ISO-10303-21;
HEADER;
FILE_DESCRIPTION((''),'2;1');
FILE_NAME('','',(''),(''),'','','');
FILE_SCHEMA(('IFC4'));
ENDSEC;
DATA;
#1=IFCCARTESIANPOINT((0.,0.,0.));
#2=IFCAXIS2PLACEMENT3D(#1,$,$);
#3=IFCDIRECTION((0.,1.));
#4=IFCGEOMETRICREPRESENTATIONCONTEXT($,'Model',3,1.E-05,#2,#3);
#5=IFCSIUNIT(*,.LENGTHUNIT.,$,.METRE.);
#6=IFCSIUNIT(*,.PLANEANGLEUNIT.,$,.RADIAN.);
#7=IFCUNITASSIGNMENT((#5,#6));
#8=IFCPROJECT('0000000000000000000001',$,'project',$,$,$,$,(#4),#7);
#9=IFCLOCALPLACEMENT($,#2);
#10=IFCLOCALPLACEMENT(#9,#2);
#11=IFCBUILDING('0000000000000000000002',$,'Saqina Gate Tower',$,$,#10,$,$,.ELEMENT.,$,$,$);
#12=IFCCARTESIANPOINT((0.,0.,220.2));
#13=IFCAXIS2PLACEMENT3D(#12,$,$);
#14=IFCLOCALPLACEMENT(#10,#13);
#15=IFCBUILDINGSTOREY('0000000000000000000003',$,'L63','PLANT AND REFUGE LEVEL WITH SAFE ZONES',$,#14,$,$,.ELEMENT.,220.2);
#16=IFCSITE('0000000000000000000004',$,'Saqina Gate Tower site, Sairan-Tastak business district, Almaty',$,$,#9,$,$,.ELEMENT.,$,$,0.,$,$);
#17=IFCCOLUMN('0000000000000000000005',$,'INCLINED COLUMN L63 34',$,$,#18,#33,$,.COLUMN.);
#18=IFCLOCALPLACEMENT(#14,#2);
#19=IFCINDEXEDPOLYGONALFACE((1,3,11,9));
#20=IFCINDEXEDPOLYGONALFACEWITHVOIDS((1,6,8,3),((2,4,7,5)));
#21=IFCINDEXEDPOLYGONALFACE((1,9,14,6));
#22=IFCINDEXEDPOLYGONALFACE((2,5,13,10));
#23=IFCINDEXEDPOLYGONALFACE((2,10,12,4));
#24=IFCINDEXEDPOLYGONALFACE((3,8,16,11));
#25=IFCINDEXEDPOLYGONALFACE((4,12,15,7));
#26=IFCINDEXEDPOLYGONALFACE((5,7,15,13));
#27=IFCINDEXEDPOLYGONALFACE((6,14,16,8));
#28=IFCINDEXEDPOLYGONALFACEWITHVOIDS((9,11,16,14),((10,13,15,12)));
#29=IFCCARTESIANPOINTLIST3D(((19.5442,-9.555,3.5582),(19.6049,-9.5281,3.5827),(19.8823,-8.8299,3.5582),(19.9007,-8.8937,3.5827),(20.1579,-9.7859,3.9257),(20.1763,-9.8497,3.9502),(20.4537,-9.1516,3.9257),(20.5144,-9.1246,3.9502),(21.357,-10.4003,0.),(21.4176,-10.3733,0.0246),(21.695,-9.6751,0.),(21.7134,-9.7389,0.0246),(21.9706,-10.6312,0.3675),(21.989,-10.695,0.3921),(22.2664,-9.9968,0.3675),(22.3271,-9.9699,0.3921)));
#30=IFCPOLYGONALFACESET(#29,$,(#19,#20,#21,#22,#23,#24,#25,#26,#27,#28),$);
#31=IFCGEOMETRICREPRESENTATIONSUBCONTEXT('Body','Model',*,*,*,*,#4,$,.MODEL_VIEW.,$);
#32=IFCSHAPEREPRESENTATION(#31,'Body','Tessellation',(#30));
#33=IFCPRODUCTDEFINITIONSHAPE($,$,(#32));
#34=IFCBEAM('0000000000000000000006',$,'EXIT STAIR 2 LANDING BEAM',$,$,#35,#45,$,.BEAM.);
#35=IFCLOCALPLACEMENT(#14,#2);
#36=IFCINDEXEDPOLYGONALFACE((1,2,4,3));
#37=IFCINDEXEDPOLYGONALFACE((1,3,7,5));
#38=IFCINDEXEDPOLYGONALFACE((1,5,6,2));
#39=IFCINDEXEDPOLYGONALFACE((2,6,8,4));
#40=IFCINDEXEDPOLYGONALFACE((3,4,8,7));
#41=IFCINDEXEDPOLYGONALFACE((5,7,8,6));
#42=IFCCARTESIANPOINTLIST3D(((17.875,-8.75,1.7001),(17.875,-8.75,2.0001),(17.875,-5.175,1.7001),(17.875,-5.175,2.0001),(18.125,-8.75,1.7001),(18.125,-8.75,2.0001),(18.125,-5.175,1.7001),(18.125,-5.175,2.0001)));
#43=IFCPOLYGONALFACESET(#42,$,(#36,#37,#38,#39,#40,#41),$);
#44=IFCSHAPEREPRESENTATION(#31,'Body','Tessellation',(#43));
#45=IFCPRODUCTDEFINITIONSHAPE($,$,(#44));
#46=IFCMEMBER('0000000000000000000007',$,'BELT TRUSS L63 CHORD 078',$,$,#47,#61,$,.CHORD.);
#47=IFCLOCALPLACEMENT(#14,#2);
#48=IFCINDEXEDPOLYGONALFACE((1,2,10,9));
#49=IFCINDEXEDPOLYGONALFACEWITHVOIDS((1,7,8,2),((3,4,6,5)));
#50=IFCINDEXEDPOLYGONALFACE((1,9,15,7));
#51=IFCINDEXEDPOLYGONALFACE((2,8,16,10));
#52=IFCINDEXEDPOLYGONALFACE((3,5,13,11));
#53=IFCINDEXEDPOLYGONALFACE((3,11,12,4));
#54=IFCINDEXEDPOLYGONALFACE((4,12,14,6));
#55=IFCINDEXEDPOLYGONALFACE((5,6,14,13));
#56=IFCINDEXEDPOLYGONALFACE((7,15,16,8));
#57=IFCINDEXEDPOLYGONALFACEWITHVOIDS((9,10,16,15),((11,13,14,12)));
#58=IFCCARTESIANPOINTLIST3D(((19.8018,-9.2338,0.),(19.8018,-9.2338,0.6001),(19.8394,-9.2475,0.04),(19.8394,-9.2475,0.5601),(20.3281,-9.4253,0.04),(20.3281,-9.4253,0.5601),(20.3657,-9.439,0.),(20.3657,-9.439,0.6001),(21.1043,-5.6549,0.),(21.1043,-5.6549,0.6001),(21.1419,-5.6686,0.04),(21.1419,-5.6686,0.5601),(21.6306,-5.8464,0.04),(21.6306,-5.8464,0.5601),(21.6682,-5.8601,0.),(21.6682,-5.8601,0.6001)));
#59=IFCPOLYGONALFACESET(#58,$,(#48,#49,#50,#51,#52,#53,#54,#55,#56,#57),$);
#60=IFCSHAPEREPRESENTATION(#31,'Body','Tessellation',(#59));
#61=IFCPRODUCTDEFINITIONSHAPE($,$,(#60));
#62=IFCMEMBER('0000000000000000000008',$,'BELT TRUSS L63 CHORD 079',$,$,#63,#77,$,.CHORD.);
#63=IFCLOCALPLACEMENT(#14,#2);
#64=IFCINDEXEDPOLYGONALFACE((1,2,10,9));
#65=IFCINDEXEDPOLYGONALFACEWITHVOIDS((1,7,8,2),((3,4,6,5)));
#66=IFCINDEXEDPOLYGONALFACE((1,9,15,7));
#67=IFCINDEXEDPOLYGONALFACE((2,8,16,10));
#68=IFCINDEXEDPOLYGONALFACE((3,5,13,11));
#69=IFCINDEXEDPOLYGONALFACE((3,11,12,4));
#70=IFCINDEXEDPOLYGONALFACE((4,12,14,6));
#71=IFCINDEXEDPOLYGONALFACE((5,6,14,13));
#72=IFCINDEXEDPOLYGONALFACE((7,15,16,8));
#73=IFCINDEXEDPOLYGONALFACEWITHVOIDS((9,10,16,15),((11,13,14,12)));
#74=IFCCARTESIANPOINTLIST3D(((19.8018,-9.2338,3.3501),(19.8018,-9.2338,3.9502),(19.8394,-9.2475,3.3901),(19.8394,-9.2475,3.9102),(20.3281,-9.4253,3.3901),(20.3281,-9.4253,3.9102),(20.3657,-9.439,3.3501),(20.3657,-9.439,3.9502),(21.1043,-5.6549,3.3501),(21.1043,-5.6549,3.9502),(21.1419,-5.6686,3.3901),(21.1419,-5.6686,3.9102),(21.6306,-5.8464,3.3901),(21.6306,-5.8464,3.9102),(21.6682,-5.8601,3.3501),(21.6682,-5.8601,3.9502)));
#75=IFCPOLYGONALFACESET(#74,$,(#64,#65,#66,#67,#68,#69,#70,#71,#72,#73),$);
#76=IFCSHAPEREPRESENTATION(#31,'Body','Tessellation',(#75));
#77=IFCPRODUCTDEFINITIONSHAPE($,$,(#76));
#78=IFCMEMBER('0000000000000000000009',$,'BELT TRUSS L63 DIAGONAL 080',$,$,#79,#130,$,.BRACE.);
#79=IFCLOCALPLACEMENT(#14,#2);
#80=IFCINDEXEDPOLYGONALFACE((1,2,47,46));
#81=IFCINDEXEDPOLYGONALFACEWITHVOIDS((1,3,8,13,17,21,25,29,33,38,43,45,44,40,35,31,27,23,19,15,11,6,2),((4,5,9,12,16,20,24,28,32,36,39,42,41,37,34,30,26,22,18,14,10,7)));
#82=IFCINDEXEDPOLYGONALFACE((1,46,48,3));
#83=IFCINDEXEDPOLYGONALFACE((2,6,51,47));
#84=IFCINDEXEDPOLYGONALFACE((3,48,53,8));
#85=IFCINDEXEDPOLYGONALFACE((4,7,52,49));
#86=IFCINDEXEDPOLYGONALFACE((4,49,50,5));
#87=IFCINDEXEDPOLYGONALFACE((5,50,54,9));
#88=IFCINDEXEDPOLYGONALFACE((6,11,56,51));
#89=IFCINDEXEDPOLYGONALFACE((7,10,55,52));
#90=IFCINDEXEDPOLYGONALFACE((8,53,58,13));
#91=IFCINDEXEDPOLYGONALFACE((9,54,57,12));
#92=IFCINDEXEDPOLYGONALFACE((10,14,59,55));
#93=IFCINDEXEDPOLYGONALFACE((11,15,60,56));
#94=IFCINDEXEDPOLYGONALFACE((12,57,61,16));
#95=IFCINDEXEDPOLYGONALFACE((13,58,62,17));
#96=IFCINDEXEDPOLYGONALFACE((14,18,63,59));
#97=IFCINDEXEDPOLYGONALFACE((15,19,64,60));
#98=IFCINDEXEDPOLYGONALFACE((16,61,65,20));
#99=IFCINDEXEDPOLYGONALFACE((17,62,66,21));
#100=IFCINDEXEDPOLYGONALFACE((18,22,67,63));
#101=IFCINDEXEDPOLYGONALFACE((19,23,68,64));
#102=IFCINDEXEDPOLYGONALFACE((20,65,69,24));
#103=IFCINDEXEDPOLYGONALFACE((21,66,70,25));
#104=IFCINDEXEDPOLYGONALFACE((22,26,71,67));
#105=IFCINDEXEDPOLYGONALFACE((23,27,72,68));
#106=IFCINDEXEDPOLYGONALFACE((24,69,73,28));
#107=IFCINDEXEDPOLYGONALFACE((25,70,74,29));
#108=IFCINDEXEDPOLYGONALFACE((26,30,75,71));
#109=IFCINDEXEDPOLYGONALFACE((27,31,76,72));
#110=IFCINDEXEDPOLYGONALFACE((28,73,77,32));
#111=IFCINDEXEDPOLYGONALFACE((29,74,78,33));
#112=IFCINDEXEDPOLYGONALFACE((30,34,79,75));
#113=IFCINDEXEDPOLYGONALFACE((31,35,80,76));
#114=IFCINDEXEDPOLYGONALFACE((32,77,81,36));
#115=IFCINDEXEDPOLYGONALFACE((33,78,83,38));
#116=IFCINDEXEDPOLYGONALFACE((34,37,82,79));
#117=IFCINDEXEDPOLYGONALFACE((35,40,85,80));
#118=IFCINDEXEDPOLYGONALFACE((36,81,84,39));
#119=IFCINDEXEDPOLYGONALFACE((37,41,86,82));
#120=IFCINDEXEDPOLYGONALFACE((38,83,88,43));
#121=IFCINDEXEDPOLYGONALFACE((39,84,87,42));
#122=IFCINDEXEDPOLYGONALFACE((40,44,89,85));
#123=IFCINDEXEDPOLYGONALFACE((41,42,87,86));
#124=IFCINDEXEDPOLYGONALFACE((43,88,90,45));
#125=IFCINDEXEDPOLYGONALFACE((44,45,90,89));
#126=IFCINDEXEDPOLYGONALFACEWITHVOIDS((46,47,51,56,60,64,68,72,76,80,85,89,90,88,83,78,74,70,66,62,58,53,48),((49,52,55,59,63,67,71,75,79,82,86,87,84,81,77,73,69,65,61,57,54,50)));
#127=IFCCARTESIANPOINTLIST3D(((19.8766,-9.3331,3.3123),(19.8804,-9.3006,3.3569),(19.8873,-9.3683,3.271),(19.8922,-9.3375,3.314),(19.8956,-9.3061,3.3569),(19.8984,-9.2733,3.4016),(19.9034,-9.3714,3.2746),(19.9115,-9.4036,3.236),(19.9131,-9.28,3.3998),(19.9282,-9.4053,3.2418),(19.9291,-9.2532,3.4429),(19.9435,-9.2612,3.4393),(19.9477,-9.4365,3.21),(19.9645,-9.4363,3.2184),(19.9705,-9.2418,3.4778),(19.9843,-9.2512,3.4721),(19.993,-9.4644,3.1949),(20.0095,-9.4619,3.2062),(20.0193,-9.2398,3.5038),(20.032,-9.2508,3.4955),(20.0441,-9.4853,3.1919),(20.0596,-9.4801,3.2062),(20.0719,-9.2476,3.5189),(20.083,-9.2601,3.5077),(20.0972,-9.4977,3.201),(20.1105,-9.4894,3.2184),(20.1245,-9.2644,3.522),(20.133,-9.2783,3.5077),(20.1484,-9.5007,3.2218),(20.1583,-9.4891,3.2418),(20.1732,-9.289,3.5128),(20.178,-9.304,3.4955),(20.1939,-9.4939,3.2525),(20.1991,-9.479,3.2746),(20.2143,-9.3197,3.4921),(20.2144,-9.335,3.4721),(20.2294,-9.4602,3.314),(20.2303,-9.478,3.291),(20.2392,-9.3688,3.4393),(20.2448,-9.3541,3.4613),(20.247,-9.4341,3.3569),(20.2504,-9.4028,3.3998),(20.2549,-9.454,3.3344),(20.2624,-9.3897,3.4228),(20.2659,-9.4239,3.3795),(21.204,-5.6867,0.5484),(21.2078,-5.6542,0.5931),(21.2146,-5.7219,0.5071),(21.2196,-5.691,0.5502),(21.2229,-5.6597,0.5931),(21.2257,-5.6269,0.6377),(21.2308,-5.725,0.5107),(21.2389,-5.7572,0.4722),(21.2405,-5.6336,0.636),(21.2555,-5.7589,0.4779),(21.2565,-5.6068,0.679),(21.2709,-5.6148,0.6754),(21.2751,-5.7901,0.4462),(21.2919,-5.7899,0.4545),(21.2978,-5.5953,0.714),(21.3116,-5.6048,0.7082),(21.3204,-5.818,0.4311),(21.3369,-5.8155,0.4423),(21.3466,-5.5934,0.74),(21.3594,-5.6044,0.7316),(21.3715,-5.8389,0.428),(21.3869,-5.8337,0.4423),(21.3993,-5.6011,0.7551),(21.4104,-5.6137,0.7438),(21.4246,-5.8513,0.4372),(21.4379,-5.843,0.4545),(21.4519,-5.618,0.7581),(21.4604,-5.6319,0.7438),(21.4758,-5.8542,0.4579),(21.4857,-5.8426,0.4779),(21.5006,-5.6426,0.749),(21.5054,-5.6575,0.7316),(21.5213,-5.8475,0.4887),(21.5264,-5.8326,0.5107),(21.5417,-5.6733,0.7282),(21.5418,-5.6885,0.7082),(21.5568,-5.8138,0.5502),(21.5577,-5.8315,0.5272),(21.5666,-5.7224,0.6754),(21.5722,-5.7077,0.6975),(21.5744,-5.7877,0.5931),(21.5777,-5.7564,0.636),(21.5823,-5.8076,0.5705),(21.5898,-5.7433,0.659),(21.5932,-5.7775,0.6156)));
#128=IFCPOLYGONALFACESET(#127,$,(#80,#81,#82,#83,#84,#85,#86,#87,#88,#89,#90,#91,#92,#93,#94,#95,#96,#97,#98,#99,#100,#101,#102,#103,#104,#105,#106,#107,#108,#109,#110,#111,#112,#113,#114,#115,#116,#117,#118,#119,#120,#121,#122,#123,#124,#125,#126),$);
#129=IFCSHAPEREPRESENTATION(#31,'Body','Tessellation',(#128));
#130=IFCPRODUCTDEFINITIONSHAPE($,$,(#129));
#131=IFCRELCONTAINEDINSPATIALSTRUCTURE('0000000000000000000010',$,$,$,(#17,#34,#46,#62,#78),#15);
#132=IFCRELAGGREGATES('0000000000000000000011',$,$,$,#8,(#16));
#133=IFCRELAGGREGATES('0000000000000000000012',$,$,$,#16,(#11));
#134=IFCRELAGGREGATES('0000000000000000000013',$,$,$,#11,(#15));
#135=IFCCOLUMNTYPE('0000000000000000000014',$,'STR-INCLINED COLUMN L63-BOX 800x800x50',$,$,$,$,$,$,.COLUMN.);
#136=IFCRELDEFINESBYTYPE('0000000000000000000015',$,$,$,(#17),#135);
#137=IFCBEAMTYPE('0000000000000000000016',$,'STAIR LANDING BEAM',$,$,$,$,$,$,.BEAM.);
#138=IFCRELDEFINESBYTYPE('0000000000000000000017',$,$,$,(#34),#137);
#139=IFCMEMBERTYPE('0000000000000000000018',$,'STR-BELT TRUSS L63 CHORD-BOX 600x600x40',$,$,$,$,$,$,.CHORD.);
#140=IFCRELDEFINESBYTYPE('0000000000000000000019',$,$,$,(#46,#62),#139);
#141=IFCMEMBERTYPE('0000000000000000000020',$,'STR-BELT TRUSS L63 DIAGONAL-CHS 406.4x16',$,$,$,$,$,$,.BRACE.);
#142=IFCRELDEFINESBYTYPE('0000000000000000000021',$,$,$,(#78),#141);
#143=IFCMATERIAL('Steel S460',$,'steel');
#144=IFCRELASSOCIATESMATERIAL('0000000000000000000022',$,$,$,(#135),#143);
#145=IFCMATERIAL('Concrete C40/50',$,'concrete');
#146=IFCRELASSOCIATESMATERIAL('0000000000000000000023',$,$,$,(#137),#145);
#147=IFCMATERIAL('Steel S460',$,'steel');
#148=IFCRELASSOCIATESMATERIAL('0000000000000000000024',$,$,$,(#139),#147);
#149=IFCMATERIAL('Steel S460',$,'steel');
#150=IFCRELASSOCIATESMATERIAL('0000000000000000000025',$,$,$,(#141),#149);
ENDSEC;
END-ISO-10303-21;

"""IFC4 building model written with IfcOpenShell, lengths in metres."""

from ifc_helpers import new_model, si_unit, direction, frame, origin, origin_2d, place, context, subcontext, project, spatial, rectangle, hollow_rectangle, hollow_circle, extrude, material, material_profile, profile_set, type_object, element, save


model = new_model("IFC4")

# Units and contexts
model_context = context("Model", 3, precision=1e-05, world=origin(), true_north=direction((0.0, 1.0)))
body_context = subcontext(model_context, "Body", "Model", "MODEL_VIEW")
ifc_project = project(units=[si_unit("LENGTHUNIT", "METRE"), si_unit("PLANEANGLEUNIT", "RADIAN")], contexts=[model_context])

# Site, building, storey
site_placement = place(None, origin())
site = spatial("IfcSite", under=ifc_project, at=site_placement, Name="Saqina Gate Tower site, Sairan-Tastak business district, Almaty", CompositionType="ELEMENT", RefElevation=0.0)
building_placement = place(site_placement, origin())
building = spatial("IfcBuilding", under=site, at=building_placement, Name="Saqina Gate Tower", CompositionType="ELEMENT")
storey_placement = place(building_placement, frame((0.0, 0.0, 220.2)))
storey = spatial("IfcBuildingStorey", under=building, at=storey_placement, Name="L63", Description="PLANT AND REFUGE LEVEL WITH SAFE ZONES", CompositionType="ELEMENT", Elevation=220.2)

# Column
ifc_material_1 = material(Name="Steel S460", Category="steel")
ifc_material_profile_1 = material_profile(ifc_material_1, hollow_rectangle(XDim=0.8, YDim=0.8, WallThickness=0.05, at=origin_2d()), Name="BOX 800x800x50")
ifc_profile_set_1 = profile_set([ifc_material_profile_1], Name="Steel S460")
column_type = type_object("IfcColumnType", Name="STR-INCLINED COLUMN L63-BOX 800x800x50", PredefinedType="COLUMN", material=ifc_profile_set_1)
column_placement = place(storey_placement, frame((21.842, -10.1851, 0.196), z_axis=(-0.444111, 0.207073, 0.871714), x_axis=(-0.422585, -0.906323, 0.0)))
element("IfcColumn", 1, at=column_placement, inside=storey, type_object=column_type, Name="INCLINED COLUMN L63 34", PredefinedType="COLUMN", context=body_context, shape_type="SweptSolid", body=[
    extrude(hollow_rectangle(XDim=0.8, YDim=0.8, WallThickness=0.05, at=origin_2d()), origin(), (0.0, 0.0, 1.0), 4.0818),
])

# Beam
ifc_material_2 = material(Name="Concrete C40/50", Category="concrete")
ifc_material_profile_2 = material_profile(ifc_material_2, rectangle(XDim=0.25, YDim=0.3, at=origin_2d()), Name="STAIR LANDING BEAM")
ifc_profile_set_2 = profile_set([ifc_material_profile_2], Name="Concrete C40/50")
beam_type_1 = type_object("IfcBeamType", Name="STAIR LANDING BEAM", PredefinedType="BEAM", material=ifc_profile_set_2)
beam_placement = place(storey_placement, frame((18.0, -8.75, 1.8501), z_axis=(0.0, 1.0, 0.0), x_axis=(-1.0, 0.0, 0.0)))
element("IfcBeam", 2, at=beam_placement, inside=storey, type_object=beam_type_1, Name="EXIT STAIR 2 LANDING BEAM", PredefinedType="BEAM", context=body_context, shape_type="SweptSolid", body=[
    extrude(rectangle(XDim=0.25, YDim=0.3, at=origin_2d()), origin(), (0.0, 0.0, 1.0), 3.575),
])

# Members
ifc_material_3 = material(Name="Steel S460", Category="steel")
ifc_material_profile_3 = material_profile(ifc_material_3, hollow_rectangle(XDim=0.6001, YDim=0.6001, WallThickness=0.04, at=origin_2d()), Name="BOX 600x600x40")
ifc_profile_set_3 = profile_set([ifc_material_profile_3], Name="Steel S460")
member_type_1 = type_object("IfcMemberType", Name="STR-BELT TRUSS L63 CHORD-BOX 600x600x40", PredefinedType="CHORD", material=ifc_profile_set_3)
for number, where, z_axis, x_axis, name in (
    (3, (20.0837, -9.3364, 0.3), (0.341995, 0.939702, 0.0), (-0.939702, 0.341995, 0.0), "BELT TRUSS L63 CHORD 078"),
    (4, (20.0837, -9.3364, 3.6501), (0.341995, 0.939702, 0.0), (-0.939702, 0.341995, 0.0), "BELT TRUSS L63 CHORD 079"),
):
    element("IfcMember", number, at=place(storey_placement, frame(where, z_axis=z_axis, x_axis=x_axis)), inside=storey, type_object=member_type_1, Name=name, PredefinedType="CHORD", context=body_context, shape_type="SweptSolid", body=[
        extrude(hollow_rectangle(XDim=0.6001, YDim=0.6001, WallThickness=0.04, at=origin_2d()), origin(), (0.0, 0.0, 1.0), 3.8086),
    ])
ifc_material_4 = material(Name="Steel S460", Category="steel")
ifc_material_profile_4 = material_profile(ifc_material_4, hollow_circle(Radius=0.2031, WallThickness=0.0161, at=origin_2d()), Name="CHS 406.4x16")
ifc_profile_set_4 = profile_set([ifc_material_profile_4], Name="Steel S460")
member_type_2 = type_object("IfcMemberType", Name="STR-BELT TRUSS L63 DIAGONAL-CHS 406.4x16", PredefinedType="BRACE", material=ifc_profile_set_4)
member_1_placement = place(storey_placement, frame((20.0713, -9.3701, 3.3569), z_axis=(0.278615, 0.765385, -0.580137), x_axis=(-0.939678, 0.342061, 0.0)))
element("IfcMember", 5, at=member_1_placement, inside=storey, type_object=member_type_2, Name="BELT TRUSS L63 DIAGONAL 080", PredefinedType="BRACE", context=body_context, shape_type="SweptSolid", body=[
    extrude(hollow_circle(Radius=0.2031, WallThickness=0.0161, at=origin_2d()), origin(), (0.0, 0.0, 1.0), 4.7642),
])

save(model, "model.ifc")
